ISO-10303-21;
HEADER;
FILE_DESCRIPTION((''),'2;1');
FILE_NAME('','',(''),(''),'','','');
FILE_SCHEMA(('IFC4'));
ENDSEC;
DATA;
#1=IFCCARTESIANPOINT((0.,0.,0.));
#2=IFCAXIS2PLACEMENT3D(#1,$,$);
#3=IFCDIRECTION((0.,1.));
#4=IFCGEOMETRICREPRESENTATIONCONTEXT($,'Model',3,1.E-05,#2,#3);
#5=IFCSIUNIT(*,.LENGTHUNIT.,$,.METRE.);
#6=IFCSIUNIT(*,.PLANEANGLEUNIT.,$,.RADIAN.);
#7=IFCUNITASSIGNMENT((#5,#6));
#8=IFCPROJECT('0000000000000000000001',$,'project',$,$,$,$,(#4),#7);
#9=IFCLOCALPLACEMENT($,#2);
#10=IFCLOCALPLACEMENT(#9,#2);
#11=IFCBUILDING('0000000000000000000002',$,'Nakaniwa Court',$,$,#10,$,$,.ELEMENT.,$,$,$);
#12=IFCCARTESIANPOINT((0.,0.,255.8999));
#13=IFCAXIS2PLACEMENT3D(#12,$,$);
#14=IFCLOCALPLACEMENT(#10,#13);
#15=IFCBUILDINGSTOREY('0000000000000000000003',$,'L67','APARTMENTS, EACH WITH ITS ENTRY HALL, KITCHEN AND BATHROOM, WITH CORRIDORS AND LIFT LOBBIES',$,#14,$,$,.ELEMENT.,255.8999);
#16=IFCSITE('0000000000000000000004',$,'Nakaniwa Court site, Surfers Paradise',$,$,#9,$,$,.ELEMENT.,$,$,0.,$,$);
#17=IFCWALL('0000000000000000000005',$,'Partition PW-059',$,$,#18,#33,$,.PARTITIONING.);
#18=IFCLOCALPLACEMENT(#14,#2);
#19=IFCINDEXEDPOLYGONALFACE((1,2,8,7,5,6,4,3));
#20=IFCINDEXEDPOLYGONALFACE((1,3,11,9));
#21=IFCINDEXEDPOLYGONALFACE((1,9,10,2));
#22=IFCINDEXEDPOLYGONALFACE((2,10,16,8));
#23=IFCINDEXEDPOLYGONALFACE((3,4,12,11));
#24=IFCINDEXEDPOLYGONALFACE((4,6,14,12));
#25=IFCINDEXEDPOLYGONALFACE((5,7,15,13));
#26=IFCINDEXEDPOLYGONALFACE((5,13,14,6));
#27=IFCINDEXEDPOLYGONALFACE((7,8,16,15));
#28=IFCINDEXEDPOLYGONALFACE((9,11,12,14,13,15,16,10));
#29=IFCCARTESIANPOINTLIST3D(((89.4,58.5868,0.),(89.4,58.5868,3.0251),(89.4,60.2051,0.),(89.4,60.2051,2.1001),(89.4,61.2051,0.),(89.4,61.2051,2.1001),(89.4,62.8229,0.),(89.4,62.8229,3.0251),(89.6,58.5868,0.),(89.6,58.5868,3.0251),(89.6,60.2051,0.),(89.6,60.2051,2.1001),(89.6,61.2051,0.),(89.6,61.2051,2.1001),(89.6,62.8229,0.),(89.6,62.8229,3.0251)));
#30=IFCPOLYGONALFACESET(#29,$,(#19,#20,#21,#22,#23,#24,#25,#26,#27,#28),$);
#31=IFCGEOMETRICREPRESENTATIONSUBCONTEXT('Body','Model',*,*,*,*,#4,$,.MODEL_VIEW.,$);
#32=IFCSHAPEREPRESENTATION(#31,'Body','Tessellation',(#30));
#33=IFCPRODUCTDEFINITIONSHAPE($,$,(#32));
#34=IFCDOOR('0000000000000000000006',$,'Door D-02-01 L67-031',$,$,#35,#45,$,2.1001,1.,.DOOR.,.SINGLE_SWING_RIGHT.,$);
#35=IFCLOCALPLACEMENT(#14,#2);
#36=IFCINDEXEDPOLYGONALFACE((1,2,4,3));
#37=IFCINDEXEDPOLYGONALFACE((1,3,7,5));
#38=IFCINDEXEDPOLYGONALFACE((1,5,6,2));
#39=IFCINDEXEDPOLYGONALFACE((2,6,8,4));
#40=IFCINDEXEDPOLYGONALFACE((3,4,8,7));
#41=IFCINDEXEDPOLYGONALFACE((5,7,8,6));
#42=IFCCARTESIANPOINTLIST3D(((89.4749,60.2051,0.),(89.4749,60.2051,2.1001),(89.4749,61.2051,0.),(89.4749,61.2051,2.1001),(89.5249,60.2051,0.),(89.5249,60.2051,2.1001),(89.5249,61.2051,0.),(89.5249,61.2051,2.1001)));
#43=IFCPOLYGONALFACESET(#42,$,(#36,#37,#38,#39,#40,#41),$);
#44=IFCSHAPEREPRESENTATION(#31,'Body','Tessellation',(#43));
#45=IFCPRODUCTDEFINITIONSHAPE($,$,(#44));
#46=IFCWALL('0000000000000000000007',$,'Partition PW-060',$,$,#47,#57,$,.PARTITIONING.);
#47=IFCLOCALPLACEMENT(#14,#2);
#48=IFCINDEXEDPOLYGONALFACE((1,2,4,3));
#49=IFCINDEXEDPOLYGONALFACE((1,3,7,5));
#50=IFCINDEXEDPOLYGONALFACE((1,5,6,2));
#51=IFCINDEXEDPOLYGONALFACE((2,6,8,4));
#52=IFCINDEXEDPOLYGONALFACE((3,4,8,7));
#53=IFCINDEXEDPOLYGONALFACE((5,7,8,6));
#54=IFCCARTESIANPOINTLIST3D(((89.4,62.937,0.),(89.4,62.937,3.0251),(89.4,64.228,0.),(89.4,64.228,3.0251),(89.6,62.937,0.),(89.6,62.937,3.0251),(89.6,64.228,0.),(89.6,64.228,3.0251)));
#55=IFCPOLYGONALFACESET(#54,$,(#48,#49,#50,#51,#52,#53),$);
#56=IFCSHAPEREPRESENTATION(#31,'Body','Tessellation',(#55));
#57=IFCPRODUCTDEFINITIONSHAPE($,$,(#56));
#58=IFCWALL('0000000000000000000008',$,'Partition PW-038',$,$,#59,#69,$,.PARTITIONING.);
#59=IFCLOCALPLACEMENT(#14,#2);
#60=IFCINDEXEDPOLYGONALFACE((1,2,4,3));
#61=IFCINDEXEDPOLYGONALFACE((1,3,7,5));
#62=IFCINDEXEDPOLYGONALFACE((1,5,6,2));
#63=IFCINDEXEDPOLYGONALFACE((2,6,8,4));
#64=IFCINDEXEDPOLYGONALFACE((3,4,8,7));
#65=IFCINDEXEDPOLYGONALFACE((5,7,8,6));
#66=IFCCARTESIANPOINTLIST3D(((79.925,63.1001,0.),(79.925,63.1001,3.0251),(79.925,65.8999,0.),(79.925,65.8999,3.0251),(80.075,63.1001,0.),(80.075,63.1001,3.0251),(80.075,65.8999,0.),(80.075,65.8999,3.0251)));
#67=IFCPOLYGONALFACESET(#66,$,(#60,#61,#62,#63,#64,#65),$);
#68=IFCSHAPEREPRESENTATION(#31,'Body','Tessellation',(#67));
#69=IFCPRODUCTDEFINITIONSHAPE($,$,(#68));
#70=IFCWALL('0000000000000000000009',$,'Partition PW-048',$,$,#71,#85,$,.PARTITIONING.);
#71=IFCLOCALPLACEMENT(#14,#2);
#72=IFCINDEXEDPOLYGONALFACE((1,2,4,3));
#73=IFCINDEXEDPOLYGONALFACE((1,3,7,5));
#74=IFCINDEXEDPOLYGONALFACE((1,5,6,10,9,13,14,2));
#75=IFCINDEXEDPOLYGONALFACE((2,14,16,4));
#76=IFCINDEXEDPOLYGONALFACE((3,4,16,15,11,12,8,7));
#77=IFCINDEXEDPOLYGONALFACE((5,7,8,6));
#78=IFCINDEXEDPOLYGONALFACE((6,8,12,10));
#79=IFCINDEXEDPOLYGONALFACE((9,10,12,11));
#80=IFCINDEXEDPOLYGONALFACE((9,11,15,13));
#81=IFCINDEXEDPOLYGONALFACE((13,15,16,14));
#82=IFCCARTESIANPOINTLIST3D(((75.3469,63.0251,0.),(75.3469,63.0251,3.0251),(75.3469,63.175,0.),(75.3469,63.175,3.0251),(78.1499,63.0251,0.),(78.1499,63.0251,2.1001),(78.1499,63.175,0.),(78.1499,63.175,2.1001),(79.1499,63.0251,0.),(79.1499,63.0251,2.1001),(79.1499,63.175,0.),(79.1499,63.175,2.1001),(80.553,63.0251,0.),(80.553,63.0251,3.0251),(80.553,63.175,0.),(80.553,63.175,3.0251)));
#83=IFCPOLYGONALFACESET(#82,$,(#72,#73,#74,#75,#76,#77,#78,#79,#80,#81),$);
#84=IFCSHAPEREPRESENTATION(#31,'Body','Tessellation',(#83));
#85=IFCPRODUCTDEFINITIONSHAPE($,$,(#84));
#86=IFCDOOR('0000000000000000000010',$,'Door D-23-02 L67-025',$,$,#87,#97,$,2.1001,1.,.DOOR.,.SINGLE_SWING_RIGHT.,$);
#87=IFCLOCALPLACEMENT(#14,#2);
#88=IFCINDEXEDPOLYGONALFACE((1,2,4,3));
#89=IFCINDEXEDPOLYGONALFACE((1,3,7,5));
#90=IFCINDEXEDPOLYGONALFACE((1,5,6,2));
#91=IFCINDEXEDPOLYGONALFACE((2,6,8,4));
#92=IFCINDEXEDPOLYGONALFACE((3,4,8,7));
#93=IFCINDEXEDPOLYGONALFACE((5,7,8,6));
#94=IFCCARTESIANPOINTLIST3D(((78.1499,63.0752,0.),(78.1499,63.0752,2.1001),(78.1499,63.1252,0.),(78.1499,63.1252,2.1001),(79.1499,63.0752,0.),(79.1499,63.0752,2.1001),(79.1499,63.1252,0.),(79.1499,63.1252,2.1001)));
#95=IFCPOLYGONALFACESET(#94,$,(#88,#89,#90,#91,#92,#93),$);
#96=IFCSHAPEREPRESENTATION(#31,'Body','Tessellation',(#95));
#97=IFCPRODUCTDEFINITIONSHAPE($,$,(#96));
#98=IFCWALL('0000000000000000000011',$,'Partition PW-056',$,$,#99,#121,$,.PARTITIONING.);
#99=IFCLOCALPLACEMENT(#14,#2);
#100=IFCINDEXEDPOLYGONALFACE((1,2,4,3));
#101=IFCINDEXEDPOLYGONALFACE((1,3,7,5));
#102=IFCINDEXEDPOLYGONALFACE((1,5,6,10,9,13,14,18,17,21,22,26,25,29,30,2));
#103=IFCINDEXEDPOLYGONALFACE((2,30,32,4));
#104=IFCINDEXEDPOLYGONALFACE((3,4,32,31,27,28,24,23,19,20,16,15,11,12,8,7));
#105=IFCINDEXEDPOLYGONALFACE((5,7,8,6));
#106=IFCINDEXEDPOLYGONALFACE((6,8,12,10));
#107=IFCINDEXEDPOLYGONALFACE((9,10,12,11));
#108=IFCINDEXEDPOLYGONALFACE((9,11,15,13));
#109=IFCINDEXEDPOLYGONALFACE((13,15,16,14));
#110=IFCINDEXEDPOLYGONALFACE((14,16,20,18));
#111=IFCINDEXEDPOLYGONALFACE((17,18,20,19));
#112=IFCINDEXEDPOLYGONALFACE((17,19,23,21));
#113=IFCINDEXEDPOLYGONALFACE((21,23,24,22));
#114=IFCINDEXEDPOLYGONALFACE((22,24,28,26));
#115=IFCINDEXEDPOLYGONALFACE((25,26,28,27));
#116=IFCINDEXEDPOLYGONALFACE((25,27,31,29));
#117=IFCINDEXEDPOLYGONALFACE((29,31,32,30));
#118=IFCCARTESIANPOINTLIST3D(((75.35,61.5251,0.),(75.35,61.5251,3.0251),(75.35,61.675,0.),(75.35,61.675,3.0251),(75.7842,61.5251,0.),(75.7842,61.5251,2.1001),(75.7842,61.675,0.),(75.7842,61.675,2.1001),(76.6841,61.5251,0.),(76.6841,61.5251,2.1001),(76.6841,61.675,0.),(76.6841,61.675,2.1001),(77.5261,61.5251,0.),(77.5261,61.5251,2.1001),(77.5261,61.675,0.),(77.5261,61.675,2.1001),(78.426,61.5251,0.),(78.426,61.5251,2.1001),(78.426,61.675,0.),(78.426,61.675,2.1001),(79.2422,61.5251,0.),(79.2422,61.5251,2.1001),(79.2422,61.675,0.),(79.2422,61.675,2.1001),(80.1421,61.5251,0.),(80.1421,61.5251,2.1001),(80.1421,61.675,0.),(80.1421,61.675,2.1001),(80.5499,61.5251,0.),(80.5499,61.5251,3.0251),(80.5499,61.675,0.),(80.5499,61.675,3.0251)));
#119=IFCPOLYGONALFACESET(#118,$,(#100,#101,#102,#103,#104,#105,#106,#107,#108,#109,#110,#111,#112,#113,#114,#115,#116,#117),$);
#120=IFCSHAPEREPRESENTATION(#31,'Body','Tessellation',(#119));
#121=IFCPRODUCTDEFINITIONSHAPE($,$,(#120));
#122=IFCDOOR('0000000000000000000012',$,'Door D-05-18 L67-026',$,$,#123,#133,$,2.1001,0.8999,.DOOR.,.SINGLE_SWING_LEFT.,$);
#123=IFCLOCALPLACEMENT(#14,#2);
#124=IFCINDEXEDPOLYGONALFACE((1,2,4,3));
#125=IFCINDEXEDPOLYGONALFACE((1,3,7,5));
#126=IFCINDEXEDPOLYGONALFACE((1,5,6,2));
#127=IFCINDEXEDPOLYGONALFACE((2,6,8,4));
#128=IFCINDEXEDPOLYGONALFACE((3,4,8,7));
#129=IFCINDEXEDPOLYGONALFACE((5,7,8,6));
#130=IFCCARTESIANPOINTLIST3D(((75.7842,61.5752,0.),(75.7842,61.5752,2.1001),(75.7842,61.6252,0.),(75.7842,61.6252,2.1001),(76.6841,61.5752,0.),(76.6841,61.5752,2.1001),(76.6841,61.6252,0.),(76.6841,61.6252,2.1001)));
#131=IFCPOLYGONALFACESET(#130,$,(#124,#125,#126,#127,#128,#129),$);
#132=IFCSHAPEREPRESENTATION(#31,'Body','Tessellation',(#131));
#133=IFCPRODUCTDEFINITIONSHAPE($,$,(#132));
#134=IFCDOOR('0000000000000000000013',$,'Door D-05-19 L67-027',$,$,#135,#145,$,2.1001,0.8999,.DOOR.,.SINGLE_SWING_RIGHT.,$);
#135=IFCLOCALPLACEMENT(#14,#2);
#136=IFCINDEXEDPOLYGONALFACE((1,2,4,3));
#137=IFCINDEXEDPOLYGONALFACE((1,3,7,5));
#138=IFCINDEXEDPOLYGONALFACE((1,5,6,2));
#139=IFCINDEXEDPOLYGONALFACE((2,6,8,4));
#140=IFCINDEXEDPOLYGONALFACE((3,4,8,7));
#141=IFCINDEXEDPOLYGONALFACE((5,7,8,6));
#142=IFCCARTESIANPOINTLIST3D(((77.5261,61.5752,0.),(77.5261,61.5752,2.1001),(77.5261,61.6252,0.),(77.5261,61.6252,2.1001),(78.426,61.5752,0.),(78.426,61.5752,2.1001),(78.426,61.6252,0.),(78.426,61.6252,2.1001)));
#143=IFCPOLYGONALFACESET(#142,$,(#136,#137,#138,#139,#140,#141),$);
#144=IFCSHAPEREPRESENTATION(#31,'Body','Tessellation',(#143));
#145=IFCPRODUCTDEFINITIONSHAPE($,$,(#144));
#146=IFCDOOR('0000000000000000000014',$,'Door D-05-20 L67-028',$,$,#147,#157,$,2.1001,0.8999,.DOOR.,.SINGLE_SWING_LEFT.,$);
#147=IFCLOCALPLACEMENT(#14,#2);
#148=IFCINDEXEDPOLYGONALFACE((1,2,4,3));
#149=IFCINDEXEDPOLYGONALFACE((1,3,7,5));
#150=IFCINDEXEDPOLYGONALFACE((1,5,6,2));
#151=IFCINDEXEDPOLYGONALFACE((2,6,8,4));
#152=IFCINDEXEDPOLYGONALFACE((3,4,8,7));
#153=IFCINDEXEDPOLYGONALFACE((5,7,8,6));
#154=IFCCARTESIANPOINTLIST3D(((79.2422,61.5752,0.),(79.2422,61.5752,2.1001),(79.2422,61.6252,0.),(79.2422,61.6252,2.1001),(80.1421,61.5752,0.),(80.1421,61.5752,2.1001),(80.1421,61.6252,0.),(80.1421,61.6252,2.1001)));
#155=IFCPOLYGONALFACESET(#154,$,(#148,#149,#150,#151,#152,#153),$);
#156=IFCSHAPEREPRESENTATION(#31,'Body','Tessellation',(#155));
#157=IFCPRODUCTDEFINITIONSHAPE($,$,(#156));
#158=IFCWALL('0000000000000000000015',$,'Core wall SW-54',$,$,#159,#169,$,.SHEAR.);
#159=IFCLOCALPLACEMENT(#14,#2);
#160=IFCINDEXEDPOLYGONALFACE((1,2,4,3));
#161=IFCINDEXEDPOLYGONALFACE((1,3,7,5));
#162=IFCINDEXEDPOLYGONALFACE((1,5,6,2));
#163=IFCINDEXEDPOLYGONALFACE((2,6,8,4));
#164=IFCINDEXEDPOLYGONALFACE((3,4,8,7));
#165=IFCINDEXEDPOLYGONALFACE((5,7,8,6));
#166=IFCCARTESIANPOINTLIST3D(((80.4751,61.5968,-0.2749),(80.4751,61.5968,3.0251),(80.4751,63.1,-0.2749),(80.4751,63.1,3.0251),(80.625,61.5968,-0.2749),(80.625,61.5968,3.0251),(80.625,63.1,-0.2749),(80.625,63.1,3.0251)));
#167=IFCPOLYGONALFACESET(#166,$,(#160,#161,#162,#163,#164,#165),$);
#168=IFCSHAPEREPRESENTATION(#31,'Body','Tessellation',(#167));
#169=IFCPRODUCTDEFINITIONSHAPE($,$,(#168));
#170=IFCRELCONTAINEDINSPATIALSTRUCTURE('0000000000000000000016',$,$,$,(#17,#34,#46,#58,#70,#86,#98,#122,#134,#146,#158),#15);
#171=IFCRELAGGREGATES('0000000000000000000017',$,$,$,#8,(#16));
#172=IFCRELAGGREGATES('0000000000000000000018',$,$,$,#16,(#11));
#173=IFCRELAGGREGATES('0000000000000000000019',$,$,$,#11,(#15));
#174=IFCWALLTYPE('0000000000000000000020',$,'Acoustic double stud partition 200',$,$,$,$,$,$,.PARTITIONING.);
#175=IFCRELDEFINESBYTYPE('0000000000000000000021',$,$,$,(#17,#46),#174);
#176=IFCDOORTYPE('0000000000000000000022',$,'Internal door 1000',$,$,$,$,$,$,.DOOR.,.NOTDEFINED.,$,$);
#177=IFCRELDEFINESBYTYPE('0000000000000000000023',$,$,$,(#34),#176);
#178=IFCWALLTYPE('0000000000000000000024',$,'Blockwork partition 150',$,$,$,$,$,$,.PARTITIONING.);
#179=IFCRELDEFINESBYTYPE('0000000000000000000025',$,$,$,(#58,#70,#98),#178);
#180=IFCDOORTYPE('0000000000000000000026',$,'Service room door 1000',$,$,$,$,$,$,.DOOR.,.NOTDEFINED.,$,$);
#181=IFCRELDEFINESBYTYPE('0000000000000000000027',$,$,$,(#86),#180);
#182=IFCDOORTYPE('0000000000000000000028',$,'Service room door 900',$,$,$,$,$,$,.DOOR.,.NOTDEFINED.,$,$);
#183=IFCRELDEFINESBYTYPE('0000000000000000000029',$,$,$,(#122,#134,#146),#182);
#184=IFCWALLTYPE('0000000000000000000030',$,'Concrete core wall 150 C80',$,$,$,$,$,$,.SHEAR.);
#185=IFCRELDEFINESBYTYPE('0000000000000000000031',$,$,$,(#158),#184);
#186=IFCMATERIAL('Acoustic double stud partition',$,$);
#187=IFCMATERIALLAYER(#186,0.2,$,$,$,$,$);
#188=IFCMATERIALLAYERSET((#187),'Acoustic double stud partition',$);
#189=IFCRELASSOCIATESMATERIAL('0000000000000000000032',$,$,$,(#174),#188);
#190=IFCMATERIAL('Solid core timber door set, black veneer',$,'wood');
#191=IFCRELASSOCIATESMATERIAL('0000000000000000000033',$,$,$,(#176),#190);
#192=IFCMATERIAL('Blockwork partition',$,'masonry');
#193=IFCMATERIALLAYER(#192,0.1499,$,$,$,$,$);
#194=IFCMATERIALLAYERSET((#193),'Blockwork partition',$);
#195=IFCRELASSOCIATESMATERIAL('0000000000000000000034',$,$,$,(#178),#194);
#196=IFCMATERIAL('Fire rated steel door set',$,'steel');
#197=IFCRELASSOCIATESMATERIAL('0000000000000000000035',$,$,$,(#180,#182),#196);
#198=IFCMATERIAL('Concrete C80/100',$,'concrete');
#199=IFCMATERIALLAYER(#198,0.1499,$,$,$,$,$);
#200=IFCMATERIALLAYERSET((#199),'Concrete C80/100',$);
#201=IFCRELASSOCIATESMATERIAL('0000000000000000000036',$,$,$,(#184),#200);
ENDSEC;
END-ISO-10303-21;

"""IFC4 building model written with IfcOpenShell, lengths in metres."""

from ifc_helpers import new_model, si_unit, direction, frame, frame_2d, origin, place, context, subcontext, project, spatial, rectangle, extrude, material, layer, layer_set, type_object, element, fill, save


model = new_model("IFC4")

# Units and contexts
model_context = context("Model", 3, precision=1e-05, world=origin(), true_north=direction((0.0, 1.0)))
body_context = subcontext(model_context, "Body", "Model", "MODEL_VIEW")
ifc_project = project(units=[si_unit("LENGTHUNIT", "METRE"), si_unit("PLANEANGLEUNIT", "RADIAN")], contexts=[model_context])

# Site, building, storey
site_placement = place(None, origin())
site = spatial("IfcSite", under=ifc_project, at=site_placement, Name="Nakaniwa Court site, Surfers Paradise", CompositionType="ELEMENT", RefElevation=0.0)
building_placement = place(site_placement, origin())
building = spatial("IfcBuilding", under=site, at=building_placement, Name="Nakaniwa Court", CompositionType="ELEMENT")
storey_placement = place(building_placement, frame((0.0, 0.0, 255.8999)))
storey = spatial("IfcBuildingStorey", under=building, at=storey_placement, Name="L67", Description="APARTMENTS, EACH WITH ITS ENTRY HALL, KITCHEN AND BATHROOM, WITH CORRIDORS AND LIFT LOBBIES", CompositionType="ELEMENT", Elevation=255.8999)

# Wall, opening, door
ifc_material_1 = material(Name="Acoustic double stud partition")
ifc_layer_1 = layer(ifc_material_1, 0.2)
ifc_layer_set_1 = layer_set([ifc_layer_1], Name="Acoustic double stud partition")
wall_type_1 = type_object("IfcWallType", Name="Acoustic double stud partition 200", PredefinedType="PARTITIONING", material=ifc_layer_set_1)
wall_1_placement = place(storey_placement, frame((89.5, 62.823, 0.0), z_axis=(0.0, 0.0, 1.0), x_axis=(0.0, -1.0, 0.0)))
wall_1 = element("IfcWall", 1, at=wall_1_placement, inside=storey, type_object=wall_type_1, Name="Partition PW-059", PredefinedType="PARTITIONING", context=body_context, shape_type="SweptSolid", body=[
    extrude(rectangle(XDim=4.2361, YDim=0.2, at=frame_2d((2.1182, 0.0))), origin(), (0.0, 0.0, 1.0), 3.0251),
])
opening_1_placement = place(wall_1_placement, frame((1.6179, 0.0, 0.0)))
opening_1 = element("IfcOpeningElement", 2, at=opening_1_placement, cuts=wall_1, PredefinedType="OPENING", context=body_context, shape_type="SweptSolid", body=[
    extrude(rectangle(XDim=1.0, YDim=2.1001, at=frame_2d((0.5, 1.05))), frame((0.0, 0.1099, 0.0), z_axis=(0.0, -1.0, 0.0), x_axis=(1.0, 0.0, 0.0)), (0.0, 0.0, 1.0), 0.22),
])
ifc_material_2 = material(Name="Solid core timber door set, black veneer", Category="wood")
door_type_1 = type_object("IfcDoorType", Name="Internal door 1000", OperationType="NOTDEFINED", PredefinedType="DOOR", material=ifc_material_2)
door_1_placement = place(opening_1_placement, origin())
door_1 = element("IfcDoor", 3, at=door_1_placement, inside=storey, type_object=door_type_1, Name="Door D-02-01 L67-031", OperationType="SINGLE_SWING_RIGHT", OverallHeight=2.1001, OverallWidth=1.0, PredefinedType="DOOR", context=body_context, shape_type="SweptSolid", body=[
    extrude(rectangle(XDim=1.0, YDim=2.1001, at=frame_2d((0.5, 1.05))), frame((0.0, 0.0249, 0.0), z_axis=(0.0, -1.0, 0.0), x_axis=(1.0, 0.0, 0.0)), (0.0, 0.0, 1.0), 0.05),
])
fill(opening_1, door_1)

# Walls
wall_2_placement = place(storey_placement, frame((89.5, 62.937, 0.0), z_axis=(0.0, 0.0, 1.0), x_axis=(0.0, 1.0, 0.0)))
element("IfcWall", 4, at=wall_2_placement, inside=storey, type_object=wall_type_1, Name="Partition PW-060", PredefinedType="PARTITIONING", context=body_context, shape_type="SweptSolid", body=[
    extrude(rectangle(XDim=1.291, YDim=0.2, at=frame_2d((0.6455, 0.0))), origin(), (0.0, 0.0, 1.0), 3.0251),
])
ifc_material_3 = material(Name="Blockwork partition", Category="masonry")
ifc_layer_2 = layer(ifc_material_3, 0.1499)
ifc_layer_set_2 = layer_set([ifc_layer_2], Name="Blockwork partition")
wall_type_2 = type_object("IfcWallType", Name="Blockwork partition 150", PredefinedType="PARTITIONING", material=ifc_layer_set_2)
wall_3_placement = place(storey_placement, frame((80.0, 63.1001, 0.0), z_axis=(0.0, 0.0, 1.0), x_axis=(0.0, 1.0, 0.0)))
element("IfcWall", 5, at=wall_3_placement, inside=storey, type_object=wall_type_2, Name="Partition PW-038", PredefinedType="PARTITIONING", context=body_context, shape_type="SweptSolid", body=[
    extrude(rectangle(XDim=2.7998, YDim=0.1499, at=frame_2d((1.3999, 0.0))), origin(), (0.0, 0.0, 1.0), 3.0251),
])

# Wall, opening, door
wall_4_placement = place(storey_placement, frame((80.553, 63.1001, 0.0), z_axis=(0.0, 0.0, 1.0), x_axis=(-1.0, 0.0, 0.0)))
wall_4 = element("IfcWall", 6, at=wall_4_placement, inside=storey, type_object=wall_type_2, Name="Partition PW-048", PredefinedType="PARTITIONING", context=body_context, shape_type="SweptSolid", body=[
    extrude(rectangle(XDim=5.2061, YDim=0.1499, at=frame_2d((2.603, 0.0))), origin(), (0.0, 0.0, 1.0), 3.0251),
])
opening_2_placement = place(wall_4_placement, frame((1.4031, 0.0, 0.0)))
opening_2 = element("IfcOpeningElement", 7, at=opening_2_placement, cuts=wall_4, PredefinedType="OPENING", context=body_context, shape_type="SweptSolid", body=[
    extrude(rectangle(XDim=1.0, YDim=2.1001, at=frame_2d((0.5, 1.05))), frame((0.0, 0.085, 0.0), z_axis=(0.0, -1.0, 0.0), x_axis=(1.0, 0.0, 0.0)), (0.0, 0.0, 1.0), 0.1699),
])
ifc_material_4 = material(Name="Fire rated steel door set", Category="steel")
door_type_2 = type_object("IfcDoorType", Name="Service room door 1000", OperationType="NOTDEFINED", PredefinedType="DOOR", material=ifc_material_4)
door_2_placement = place(opening_2_placement, origin())
door_2 = element("IfcDoor", 8, at=door_2_placement, inside=storey, type_object=door_type_2, Name="Door D-23-02 L67-025", OperationType="SINGLE_SWING_RIGHT", OverallHeight=2.1001, OverallWidth=1.0, PredefinedType="DOOR", context=body_context, shape_type="SweptSolid", body=[
    extrude(rectangle(XDim=1.0, YDim=2.1001, at=frame_2d((0.5, 1.05))), frame((0.0, 0.0249, 0.0), z_axis=(0.0, -1.0, 0.0), x_axis=(1.0, 0.0, 0.0)), (0.0, 0.0, 1.0), 0.05),
])
fill(opening_2, door_2)

# Wall, openings, doors
wall_5_placement = place(storey_placement, frame((80.55, 61.6001, 0.0), z_axis=(0.0, 0.0, 1.0), x_axis=(-1.0, 0.0, 0.0)))
wall_5 = element("IfcWall", 9, at=wall_5_placement, inside=storey, type_object=wall_type_2, Name="Partition PW-056", PredefinedType="PARTITIONING", context=body_context, shape_type="SweptSolid", body=[
    extrude(rectangle(XDim=5.2, YDim=0.1499, at=frame_2d((2.6001, 0.0))), origin(), (0.0, 0.0, 1.0), 3.0251),
])
opening_3_placement = place(wall_5_placement, frame((3.866, 0.0, 0.0)))
opening_3 = element("IfcOpeningElement", 10, at=opening_3_placement, cuts=wall_5, PredefinedType="OPENING", context=body_context, shape_type="SweptSolid", body=[
    extrude(rectangle(XDim=0.8999, YDim=2.1001, at=frame_2d((0.45, 1.05))), frame((0.0, 0.085, 0.0), z_axis=(0.0, -1.0, 0.0), x_axis=(1.0, 0.0, 0.0)), (0.0, 0.0, 1.0), 0.1699),
])
opening_4_placement = place(wall_5_placement, frame((2.124, 0.0, 0.0)))
opening_4 = element("IfcOpeningElement", 11, at=opening_4_placement, cuts=wall_5, PredefinedType="OPENING", context=body_context, shape_type="SweptSolid", body=[
    extrude(rectangle(XDim=0.8999, YDim=2.1001, at=frame_2d((0.45, 1.05))), frame((0.0, 0.085, 0.0), z_axis=(0.0, -1.0, 0.0), x_axis=(1.0, 0.0, 0.0)), (0.0, 0.0, 1.0), 0.1699),
])
opening_5_placement = place(wall_5_placement, frame((0.408, 0.0, 0.0)))
opening_5 = element("IfcOpeningElement", 12, at=opening_5_placement, cuts=wall_5, PredefinedType="OPENING", context=body_context, shape_type="SweptSolid", body=[
    extrude(rectangle(XDim=0.8999, YDim=2.1001, at=frame_2d((0.45, 1.05))), frame((0.0, 0.085, 0.0), z_axis=(0.0, -1.0, 0.0), x_axis=(1.0, 0.0, 0.0)), (0.0, 0.0, 1.0), 0.1699),
])
door_type_3 = type_object("IfcDoorType", Name="Service room door 900", OperationType="NOTDEFINED", PredefinedType="DOOR", material=ifc_material_4)
door_3_placement = place(opening_3_placement, origin())
door_3 = element("IfcDoor", 13, at=door_3_placement, inside=storey, type_object=door_type_3, Name="Door D-05-18 L67-026", OperationType="SINGLE_SWING_LEFT", OverallHeight=2.1001, OverallWidth=0.8999, PredefinedType="DOOR", context=body_context, shape_type="SweptSolid", body=[
    extrude(rectangle(XDim=0.8999, YDim=2.1001, at=frame_2d((0.45, 1.05))), frame((0.0, 0.0249, 0.0), z_axis=(0.0, -1.0, 0.0), x_axis=(1.0, 0.0, 0.0)), (0.0, 0.0, 1.0), 0.05),
])
fill(opening_3, door_3)
door_4_placement = place(opening_4_placement, origin())
door_4 = element("IfcDoor", 14, at=door_4_placement, inside=storey, type_object=door_type_3, Name="Door D-05-19 L67-027", OperationType="SINGLE_SWING_RIGHT", OverallHeight=2.1001, OverallWidth=0.8999, PredefinedType="DOOR", context=body_context, shape_type="SweptSolid", body=[
    extrude(rectangle(XDim=0.8999, YDim=2.1001, at=frame_2d((0.45, 1.05))), frame((0.0, 0.0249, 0.0), z_axis=(0.0, -1.0, 0.0), x_axis=(1.0, 0.0, 0.0)), (0.0, 0.0, 1.0), 0.05),
])
fill(opening_4, door_4)
door_5_placement = place(opening_5_placement, origin())
door_5 = element("IfcDoor", 15, at=door_5_placement, inside=storey, type_object=door_type_3, Name="Door D-05-20 L67-028", OperationType="SINGLE_SWING_LEFT", OverallHeight=2.1001, OverallWidth=0.8999, PredefinedType="DOOR", context=body_context, shape_type="SweptSolid", body=[
    extrude(rectangle(XDim=0.8999, YDim=2.1001, at=frame_2d((0.45, 1.05))), frame((0.0, 0.0249, 0.0), z_axis=(0.0, -1.0, 0.0), x_axis=(1.0, 0.0, 0.0)), (0.0, 0.0, 1.0), 0.05),
])
fill(opening_5, door_5)

# Wall
ifc_material_5 = material(Name="Concrete C80/100", Category="concrete")
ifc_layer_3 = layer(ifc_material_5, 0.1499)
ifc_layer_set_3 = layer_set([ifc_layer_3], Name="Concrete C80/100")
wall_type_3 = type_object("IfcWallType", Name="Concrete core wall 150 C80", PredefinedType="SHEAR", material=ifc_layer_set_3)
wall_6_placement = place(storey_placement, frame((80.55, 61.5969, -0.2749), z_axis=(0.0, 0.0, 1.0), x_axis=(0.0, 1.0, 0.0)))
element("IfcWall", 16, at=wall_6_placement, inside=storey, type_object=wall_type_3, Name="Core wall SW-54", PredefinedType="SHEAR", context=body_context, shape_type="SweptSolid", body=[
    extrude(rectangle(XDim=1.5032, YDim=0.1499, at=frame_2d((0.7515, 0.0))), origin(), (0.0, 0.0, 1.0), 3.3),
])

save(model, "model.ifc")
